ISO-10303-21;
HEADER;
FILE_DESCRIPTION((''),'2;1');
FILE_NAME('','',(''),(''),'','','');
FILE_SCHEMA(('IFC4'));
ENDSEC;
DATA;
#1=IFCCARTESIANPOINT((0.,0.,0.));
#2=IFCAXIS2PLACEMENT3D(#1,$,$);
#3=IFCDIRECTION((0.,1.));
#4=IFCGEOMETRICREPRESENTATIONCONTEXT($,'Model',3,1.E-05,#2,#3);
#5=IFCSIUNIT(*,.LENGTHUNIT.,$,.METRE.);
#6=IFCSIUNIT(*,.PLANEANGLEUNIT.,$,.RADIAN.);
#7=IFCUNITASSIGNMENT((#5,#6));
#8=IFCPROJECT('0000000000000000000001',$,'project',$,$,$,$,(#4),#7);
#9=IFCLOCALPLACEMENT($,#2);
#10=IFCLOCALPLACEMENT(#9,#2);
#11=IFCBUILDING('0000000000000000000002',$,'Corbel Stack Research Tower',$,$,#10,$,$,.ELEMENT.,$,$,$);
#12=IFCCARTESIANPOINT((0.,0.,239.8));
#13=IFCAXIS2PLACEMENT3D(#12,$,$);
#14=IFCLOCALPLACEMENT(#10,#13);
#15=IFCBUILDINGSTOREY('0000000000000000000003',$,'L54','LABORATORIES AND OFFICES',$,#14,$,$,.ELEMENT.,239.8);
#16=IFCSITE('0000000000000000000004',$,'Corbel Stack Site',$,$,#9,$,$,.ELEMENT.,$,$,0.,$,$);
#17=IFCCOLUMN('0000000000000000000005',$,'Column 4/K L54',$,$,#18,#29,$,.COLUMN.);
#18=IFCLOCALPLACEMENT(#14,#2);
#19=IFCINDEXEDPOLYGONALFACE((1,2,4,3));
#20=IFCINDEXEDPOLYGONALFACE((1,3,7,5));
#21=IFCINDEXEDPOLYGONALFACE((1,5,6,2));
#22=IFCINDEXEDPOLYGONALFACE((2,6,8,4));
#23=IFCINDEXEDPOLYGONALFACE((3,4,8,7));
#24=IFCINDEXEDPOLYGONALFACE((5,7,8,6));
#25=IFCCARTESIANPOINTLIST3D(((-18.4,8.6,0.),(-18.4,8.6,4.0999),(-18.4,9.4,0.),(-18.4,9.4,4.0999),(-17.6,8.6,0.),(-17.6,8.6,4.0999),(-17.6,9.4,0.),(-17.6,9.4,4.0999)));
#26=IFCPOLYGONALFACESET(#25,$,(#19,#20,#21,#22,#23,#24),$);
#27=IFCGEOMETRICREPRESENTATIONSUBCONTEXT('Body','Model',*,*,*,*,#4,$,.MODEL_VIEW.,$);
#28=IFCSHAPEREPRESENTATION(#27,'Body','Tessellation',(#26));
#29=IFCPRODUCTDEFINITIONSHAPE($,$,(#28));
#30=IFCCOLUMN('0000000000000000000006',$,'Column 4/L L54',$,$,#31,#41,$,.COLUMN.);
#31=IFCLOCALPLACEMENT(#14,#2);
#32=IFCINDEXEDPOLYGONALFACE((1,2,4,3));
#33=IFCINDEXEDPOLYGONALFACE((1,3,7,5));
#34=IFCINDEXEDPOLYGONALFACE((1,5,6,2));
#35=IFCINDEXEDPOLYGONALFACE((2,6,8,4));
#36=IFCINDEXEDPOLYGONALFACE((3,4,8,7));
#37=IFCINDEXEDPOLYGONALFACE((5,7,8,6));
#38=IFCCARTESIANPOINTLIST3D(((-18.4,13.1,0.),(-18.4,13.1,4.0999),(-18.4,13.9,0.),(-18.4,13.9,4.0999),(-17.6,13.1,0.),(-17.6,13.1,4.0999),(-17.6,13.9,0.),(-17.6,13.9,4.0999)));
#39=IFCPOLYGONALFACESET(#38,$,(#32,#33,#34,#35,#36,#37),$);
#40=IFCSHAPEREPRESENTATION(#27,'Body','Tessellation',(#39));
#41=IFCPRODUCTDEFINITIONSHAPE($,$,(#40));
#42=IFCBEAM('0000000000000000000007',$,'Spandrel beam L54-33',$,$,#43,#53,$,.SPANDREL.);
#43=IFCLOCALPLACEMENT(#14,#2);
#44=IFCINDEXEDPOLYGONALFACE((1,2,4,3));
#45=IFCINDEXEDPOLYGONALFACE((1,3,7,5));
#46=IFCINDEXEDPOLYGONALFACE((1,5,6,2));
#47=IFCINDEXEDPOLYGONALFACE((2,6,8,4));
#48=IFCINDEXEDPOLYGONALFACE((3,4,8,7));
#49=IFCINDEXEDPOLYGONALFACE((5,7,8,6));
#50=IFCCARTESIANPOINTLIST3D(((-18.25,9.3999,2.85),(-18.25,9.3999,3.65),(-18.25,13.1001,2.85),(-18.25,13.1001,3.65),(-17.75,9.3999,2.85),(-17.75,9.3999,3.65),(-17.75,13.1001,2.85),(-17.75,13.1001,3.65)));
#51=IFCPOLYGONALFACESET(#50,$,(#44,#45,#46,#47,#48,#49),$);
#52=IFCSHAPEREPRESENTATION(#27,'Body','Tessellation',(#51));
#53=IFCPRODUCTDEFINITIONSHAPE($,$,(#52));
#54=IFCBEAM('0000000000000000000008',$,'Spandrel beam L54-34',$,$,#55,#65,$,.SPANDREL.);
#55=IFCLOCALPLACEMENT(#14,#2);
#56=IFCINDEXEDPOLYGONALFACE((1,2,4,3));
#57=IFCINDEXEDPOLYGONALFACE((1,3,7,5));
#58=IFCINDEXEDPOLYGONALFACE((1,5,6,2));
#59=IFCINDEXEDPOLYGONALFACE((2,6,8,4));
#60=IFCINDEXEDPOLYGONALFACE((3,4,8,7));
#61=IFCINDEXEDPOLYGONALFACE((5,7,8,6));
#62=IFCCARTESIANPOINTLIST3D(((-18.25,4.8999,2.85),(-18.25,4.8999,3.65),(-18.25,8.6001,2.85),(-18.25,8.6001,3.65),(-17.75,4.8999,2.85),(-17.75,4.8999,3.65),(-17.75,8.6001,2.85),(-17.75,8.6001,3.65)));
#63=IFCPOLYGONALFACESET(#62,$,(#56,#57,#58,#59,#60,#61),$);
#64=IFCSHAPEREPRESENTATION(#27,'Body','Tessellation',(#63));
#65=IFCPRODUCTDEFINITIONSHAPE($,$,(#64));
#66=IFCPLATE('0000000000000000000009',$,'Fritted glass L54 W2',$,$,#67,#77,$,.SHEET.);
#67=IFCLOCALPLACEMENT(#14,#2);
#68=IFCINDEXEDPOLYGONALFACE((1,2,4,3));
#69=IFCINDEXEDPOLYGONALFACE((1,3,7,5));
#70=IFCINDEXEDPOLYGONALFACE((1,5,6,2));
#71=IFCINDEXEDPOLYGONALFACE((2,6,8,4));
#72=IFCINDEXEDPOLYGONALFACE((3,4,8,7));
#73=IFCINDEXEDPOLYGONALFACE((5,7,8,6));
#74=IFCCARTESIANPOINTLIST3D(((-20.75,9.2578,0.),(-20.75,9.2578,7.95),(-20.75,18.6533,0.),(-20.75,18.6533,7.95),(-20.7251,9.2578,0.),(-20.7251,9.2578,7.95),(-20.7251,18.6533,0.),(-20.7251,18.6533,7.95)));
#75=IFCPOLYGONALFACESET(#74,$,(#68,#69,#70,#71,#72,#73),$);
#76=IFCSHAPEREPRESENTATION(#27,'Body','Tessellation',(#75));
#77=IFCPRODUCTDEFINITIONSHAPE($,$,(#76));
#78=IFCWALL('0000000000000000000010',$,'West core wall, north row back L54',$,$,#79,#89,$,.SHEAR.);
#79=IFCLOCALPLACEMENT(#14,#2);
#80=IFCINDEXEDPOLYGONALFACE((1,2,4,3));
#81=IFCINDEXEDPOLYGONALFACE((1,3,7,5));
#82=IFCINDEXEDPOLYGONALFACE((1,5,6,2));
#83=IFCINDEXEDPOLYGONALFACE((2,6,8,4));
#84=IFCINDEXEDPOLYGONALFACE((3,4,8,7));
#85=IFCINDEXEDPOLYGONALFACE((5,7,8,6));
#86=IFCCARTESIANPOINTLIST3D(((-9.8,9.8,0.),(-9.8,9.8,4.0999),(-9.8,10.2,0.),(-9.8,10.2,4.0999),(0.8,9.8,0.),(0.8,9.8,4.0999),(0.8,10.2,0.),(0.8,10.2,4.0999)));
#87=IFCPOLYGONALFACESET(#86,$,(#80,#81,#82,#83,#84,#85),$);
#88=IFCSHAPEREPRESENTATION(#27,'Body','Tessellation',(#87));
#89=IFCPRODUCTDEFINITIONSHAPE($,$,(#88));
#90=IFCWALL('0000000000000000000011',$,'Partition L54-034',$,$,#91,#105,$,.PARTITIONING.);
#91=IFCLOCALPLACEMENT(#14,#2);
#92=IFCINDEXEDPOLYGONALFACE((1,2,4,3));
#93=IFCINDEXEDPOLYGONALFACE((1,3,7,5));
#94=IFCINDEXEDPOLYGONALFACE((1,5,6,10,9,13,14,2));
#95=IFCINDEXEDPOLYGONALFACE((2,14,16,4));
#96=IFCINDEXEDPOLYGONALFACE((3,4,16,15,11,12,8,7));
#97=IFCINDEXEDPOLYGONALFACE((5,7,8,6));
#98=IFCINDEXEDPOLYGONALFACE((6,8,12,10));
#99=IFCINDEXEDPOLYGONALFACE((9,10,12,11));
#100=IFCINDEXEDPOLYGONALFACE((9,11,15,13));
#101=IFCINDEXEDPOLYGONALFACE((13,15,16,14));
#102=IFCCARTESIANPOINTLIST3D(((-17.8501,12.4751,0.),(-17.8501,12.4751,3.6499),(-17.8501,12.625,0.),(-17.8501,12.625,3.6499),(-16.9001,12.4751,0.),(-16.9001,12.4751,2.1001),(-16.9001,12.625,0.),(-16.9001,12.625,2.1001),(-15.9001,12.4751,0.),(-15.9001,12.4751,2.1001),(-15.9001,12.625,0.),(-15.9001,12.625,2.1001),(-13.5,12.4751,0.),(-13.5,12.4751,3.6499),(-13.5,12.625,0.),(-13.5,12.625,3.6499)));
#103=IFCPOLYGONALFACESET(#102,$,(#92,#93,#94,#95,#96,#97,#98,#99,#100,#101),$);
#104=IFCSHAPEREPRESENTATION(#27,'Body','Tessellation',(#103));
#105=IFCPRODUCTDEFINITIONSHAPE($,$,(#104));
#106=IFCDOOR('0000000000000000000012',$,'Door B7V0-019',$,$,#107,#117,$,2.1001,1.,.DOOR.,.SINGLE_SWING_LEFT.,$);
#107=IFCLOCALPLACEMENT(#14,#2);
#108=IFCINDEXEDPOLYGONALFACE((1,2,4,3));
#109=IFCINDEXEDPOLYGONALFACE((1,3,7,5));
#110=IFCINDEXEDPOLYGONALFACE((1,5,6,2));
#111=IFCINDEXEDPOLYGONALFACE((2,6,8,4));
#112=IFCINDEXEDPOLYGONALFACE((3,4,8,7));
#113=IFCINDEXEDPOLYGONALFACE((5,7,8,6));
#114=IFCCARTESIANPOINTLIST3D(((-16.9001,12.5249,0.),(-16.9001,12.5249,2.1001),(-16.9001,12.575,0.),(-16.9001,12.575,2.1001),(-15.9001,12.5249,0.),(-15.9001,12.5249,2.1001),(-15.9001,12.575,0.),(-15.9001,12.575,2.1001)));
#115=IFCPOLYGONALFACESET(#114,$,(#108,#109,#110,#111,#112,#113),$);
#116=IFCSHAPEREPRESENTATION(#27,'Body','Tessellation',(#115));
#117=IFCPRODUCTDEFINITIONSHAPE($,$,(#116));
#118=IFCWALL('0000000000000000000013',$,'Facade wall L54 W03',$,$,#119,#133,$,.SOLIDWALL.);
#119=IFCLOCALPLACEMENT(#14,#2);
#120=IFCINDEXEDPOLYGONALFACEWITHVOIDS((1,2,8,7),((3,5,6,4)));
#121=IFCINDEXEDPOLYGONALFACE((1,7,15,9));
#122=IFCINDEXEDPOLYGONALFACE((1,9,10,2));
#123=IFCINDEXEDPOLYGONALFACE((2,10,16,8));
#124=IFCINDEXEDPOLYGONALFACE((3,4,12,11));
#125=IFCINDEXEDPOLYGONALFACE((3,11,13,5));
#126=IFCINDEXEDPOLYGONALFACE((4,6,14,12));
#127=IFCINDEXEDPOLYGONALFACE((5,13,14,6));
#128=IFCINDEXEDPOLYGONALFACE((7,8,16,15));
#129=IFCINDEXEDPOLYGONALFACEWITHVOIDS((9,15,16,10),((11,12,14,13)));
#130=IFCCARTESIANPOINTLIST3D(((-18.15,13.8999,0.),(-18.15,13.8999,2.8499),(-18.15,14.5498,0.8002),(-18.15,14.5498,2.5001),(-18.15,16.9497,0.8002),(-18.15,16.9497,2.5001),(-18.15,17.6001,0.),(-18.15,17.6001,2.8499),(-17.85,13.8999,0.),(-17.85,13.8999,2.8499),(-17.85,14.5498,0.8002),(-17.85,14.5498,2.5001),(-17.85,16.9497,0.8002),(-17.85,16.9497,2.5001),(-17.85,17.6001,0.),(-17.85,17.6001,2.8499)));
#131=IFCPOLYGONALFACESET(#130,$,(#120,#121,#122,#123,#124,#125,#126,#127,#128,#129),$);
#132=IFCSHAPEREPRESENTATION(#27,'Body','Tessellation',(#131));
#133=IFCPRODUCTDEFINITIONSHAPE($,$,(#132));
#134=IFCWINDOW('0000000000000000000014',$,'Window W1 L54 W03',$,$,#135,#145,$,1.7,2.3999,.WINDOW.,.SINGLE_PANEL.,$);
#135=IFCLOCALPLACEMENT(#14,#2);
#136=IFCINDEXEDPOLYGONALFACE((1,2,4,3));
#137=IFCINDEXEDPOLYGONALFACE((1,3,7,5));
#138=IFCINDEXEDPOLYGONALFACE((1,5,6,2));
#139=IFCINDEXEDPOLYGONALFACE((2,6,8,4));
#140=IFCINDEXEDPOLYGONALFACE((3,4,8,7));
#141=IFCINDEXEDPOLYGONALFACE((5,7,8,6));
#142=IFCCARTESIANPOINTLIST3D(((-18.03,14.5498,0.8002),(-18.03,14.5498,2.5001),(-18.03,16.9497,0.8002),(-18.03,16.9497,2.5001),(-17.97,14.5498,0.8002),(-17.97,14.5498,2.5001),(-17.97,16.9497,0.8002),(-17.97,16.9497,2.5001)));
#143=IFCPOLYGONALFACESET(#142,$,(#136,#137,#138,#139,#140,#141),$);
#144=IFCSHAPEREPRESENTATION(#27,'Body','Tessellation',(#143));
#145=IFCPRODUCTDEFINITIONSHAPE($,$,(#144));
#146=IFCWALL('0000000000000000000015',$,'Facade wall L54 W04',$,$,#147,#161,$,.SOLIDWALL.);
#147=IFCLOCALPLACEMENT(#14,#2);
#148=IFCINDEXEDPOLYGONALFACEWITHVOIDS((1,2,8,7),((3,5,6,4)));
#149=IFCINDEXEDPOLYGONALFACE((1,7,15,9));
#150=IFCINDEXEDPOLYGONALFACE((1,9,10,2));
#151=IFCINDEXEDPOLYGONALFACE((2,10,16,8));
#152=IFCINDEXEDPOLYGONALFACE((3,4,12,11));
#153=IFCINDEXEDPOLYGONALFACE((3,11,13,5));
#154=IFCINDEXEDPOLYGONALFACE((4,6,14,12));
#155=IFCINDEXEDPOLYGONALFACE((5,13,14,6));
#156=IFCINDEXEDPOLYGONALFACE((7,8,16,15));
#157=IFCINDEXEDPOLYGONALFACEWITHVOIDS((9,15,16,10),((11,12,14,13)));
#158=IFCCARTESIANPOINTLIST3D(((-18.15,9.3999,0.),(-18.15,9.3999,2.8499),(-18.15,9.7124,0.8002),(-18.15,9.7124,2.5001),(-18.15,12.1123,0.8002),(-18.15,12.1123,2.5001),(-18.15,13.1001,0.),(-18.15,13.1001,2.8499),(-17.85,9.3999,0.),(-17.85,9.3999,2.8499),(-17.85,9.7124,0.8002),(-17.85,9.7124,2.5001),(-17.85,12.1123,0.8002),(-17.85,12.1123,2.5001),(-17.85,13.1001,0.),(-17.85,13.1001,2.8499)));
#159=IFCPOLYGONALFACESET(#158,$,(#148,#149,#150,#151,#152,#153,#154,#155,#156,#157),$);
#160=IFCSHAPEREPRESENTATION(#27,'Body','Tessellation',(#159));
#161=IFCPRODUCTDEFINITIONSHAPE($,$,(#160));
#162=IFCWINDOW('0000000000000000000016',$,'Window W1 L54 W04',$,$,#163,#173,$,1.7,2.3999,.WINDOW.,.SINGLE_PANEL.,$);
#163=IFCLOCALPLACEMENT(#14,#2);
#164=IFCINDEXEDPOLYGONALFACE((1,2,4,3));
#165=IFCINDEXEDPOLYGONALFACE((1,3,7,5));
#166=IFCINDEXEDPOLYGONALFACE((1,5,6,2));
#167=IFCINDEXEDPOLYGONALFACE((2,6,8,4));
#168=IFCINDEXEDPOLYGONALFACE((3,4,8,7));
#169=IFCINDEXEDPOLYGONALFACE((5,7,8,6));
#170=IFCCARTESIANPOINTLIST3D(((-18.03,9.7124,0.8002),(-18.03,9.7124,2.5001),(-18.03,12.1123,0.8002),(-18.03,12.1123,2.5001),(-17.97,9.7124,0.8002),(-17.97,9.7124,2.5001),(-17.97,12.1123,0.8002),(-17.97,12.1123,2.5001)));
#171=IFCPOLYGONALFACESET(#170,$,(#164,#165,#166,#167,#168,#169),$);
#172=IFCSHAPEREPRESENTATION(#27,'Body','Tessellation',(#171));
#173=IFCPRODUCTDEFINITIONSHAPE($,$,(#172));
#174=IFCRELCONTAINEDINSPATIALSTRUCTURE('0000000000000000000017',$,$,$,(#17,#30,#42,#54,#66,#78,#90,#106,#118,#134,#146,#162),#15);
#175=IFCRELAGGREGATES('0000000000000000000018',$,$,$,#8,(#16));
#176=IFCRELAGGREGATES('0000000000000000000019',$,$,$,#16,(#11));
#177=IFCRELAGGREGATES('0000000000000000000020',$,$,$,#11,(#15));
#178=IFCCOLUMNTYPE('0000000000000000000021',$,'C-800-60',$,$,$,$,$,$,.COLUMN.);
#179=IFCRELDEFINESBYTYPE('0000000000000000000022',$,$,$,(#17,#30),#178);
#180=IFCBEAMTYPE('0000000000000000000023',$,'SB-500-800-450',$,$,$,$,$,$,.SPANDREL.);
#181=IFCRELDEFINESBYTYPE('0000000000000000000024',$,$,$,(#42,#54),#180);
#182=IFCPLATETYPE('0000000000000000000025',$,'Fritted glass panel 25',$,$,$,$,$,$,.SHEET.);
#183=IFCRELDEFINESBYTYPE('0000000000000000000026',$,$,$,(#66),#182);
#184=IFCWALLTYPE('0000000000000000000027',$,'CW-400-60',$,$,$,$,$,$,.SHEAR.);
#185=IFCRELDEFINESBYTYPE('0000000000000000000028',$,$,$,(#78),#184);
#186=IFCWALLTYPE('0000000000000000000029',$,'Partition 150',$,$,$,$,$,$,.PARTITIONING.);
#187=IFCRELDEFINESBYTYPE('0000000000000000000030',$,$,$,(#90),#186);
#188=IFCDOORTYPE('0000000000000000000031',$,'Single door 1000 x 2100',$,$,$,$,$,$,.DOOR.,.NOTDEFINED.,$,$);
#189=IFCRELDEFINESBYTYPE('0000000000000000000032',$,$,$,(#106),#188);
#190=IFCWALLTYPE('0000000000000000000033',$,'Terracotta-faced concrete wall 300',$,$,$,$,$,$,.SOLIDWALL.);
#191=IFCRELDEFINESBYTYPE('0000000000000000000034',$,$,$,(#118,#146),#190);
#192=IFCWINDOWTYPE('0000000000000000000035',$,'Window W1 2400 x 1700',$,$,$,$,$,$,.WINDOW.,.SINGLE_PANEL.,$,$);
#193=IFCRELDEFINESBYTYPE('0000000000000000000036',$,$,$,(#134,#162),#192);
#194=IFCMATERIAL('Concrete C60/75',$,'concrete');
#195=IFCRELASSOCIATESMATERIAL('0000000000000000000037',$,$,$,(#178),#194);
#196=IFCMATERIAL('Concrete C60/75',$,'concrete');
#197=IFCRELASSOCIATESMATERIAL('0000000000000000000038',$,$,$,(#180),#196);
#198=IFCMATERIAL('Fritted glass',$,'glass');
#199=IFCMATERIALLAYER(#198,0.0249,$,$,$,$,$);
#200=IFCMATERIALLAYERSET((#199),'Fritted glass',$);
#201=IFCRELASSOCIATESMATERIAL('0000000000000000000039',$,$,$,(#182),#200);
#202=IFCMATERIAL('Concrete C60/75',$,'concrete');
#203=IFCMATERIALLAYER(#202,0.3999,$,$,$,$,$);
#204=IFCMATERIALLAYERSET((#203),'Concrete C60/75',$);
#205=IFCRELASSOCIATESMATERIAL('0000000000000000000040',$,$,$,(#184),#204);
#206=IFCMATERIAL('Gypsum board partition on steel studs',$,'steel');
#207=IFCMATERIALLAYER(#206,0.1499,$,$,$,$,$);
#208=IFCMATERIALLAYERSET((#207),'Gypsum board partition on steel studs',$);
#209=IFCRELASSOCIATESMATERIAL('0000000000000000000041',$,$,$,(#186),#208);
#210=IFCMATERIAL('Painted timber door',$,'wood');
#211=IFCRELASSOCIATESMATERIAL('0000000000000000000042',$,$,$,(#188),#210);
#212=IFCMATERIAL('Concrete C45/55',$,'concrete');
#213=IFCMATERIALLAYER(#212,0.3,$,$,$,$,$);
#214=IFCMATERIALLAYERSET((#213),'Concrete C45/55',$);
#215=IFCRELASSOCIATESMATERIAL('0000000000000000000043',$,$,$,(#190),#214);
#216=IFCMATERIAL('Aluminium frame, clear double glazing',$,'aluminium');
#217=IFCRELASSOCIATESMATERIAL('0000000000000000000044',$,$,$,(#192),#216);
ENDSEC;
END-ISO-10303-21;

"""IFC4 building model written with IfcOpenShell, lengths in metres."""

from ifc_helpers import new_model, si_unit, direction, frame, frame_2d, origin, origin_2d, place, context, subcontext, project, spatial, rectangle, extrude, material, layer, layer_set, material_profile, profile_set, type_object, element, fill, save


model = new_model("IFC4")

# Units and contexts
model_context = context("Model", 3, precision=1e-05, world=origin(), true_north=direction((0.0, 1.0)))
body_context = subcontext(model_context, "Body", "Model", "MODEL_VIEW")
ifc_project = project(units=[si_unit("LENGTHUNIT", "METRE"), si_unit("PLANEANGLEUNIT", "RADIAN")], contexts=[model_context])

# Site, building, storey
site_placement = place(None, origin())
site = spatial("IfcSite", under=ifc_project, at=site_placement, Name="Corbel Stack Site", CompositionType="ELEMENT", RefElevation=0.0)
building_placement = place(site_placement, origin())
building = spatial("IfcBuilding", under=site, at=building_placement, Name="Corbel Stack Research Tower", CompositionType="ELEMENT")
storey_placement = place(building_placement, frame((0.0, 0.0, 239.8)))
storey = spatial("IfcBuildingStorey", under=building, at=storey_placement, Name="L54", Description="LABORATORIES AND OFFICES", CompositionType="ELEMENT", Elevation=239.8)

# Columns
ifc_material_1 = material(Name="Concrete C60/75", Category="concrete")
ifc_material_profile_1 = material_profile(ifc_material_1, rectangle(XDim=0.8, YDim=0.8, at=origin_2d()), Name="RC 800 x 800")
ifc_profile_set_1 = profile_set([ifc_material_profile_1], Name="Concrete C60/75")
column_type = type_object("IfcColumnType", Name="C-800-60", PredefinedType="COLUMN", material=ifc_profile_set_1)
for number, where, z_axis, x_axis, name in (
    (1, (-18.0, 9.0, 0.0), (0.0, 0.0, 1.0), (1.0, 0.0, 0.0), "Column 4/K L54"),
    (2, (-18.0, 13.5, 0.0), (0.0, 0.0, 1.0), (1.0, 0.0, 0.0), "Column 4/L L54"),
):
    element("IfcColumn", number, at=place(storey_placement, frame(where, z_axis=z_axis, x_axis=x_axis)), inside=storey, type_object=column_type, Name=name, PredefinedType="COLUMN", context=body_context, shape_type="SweptSolid", body=[
        extrude(rectangle(XDim=0.8, YDim=0.8, at=origin_2d()), origin(), (0.0, 0.0, 1.0), 4.0999),
    ])

# Beams
ifc_material_2 = material(Name="Concrete C60/75", Category="concrete")
ifc_material_profile_2 = material_profile(ifc_material_2, rectangle(XDim=0.5, YDim=0.8, at=origin_2d()), Name="RC 500 x 800")
ifc_profile_set_2 = profile_set([ifc_material_profile_2], Name="Concrete C60/75")
beam_type = type_object("IfcBeamType", Name="SB-500-800-450", PredefinedType="SPANDREL", material=ifc_profile_set_2)
for number, where, z_axis, x_axis, name in (
    (3, (-18.0, 13.1001, 3.25), (0.0, -1.0, 0.0), (1.0, 0.0, 0.0), "Spandrel beam L54-33"),
    (4, (-18.0, 8.6001, 3.25), (0.0, -1.0, 0.0), (1.0, 0.0, 0.0), "Spandrel beam L54-34"),
):
    element("IfcBeam", number, at=place(storey_placement, frame(where, z_axis=z_axis, x_axis=x_axis)), inside=storey, type_object=beam_type, Name=name, PredefinedType="SPANDREL", context=body_context, shape_type="SweptSolid", body=[
        extrude(rectangle(XDim=0.5, YDim=0.8, at=origin_2d()), origin(), (0.0, 0.0, 1.0), 3.7002),
    ])

# Plate
ifc_material_3 = material(Name="Fritted glass", Category="glass")
ifc_layer_1 = layer(ifc_material_3, 0.0249)
ifc_layer_set_1 = layer_set([ifc_layer_1], Name="Fritted glass")
plate_type = type_object("IfcPlateType", Name="Fritted glass panel 25", PredefinedType="SHEET", material=ifc_layer_set_1)
plate_placement = place(storey_placement, frame((-20.7375, 13.9556, 0.0), z_axis=(0.0, 0.0, 1.0), x_axis=(0.0, -1.0, 0.0)))
element("IfcPlate", 5, at=plate_placement, inside=storey, type_object=plate_type, Name="Fritted glass L54 W2", PredefinedType="SHEET", context=body_context, shape_type="SweptSolid", body=[
    extrude(rectangle(XDim=9.3955, YDim=0.0249, at=origin_2d()), origin(), (0.0, 0.0, 1.0), 7.95),
])

# Wall
ifc_material_4 = material(Name="Concrete C60/75", Category="concrete")
ifc_layer_2 = layer(ifc_material_4, 0.3999)
ifc_layer_set_2 = layer_set([ifc_layer_2], Name="Concrete C60/75")
wall_type_1 = type_object("IfcWallType", Name="CW-400-60", PredefinedType="SHEAR", material=ifc_layer_set_2)
wall_1_placement = place(storey_placement, frame((-9.8, 10.0, 0.0), z_axis=(0.0, 0.0, 1.0), x_axis=(1.0, 0.0, 0.0)))
element("IfcWall", 6, at=wall_1_placement, inside=storey, type_object=wall_type_1, Name="West core wall, north row back L54", PredefinedType="SHEAR", context=body_context, shape_type="SweptSolid", body=[
    extrude(rectangle(XDim=10.6001, YDim=0.3999, at=frame_2d((5.3, 0.0))), origin(), (0.0, 0.0, 1.0), 4.0999),
])

# Wall, opening, door
ifc_material_5 = material(Name="Gypsum board partition on steel studs", Category="steel")
ifc_layer_3 = layer(ifc_material_5, 0.1499)
ifc_layer_set_3 = layer_set([ifc_layer_3], Name="Gypsum board partition on steel studs")
wall_type_2 = type_object("IfcWallType", Name="Partition 150", PredefinedType="PARTITIONING", material=ifc_layer_set_3)
wall_2_placement = place(storey_placement, frame((-17.8501, 12.55, 0.0), z_axis=(0.0, 0.0, 1.0), x_axis=(1.0, 0.0, 0.0)))
wall_2 = element("IfcWall", 7, at=wall_2_placement, inside=storey, type_object=wall_type_2, Name="Partition L54-034", PredefinedType="PARTITIONING", context=body_context, shape_type="SweptSolid", body=[
    extrude(rectangle(XDim=4.3501, YDim=0.1499, at=frame_2d((2.175, 0.0))), origin(), (0.0, 0.0, 1.0), 3.6499),
])
opening_1_placement = place(wall_2_placement, frame((0.95, 0.0, 0.0)))
opening_1 = element("IfcOpeningElement", 8, at=opening_1_placement, cuts=wall_2, PredefinedType="OPENING", context=body_context, shape_type="SweptSolid", body=[
    extrude(rectangle(XDim=1.0, YDim=2.1001, at=frame_2d((0.5, 1.05))), frame((0.0, 0.085, 0.0), z_axis=(0.0, -1.0, 0.0), x_axis=(1.0, 0.0, 0.0)), (0.0, 0.0, 1.0), 0.1699),
])
ifc_material_6 = material(Name="Painted timber door", Category="wood")
door_type = type_object("IfcDoorType", Name="Single door 1000 x 2100", OperationType="NOTDEFINED", PredefinedType="DOOR", material=ifc_material_6)
door_placement = place(opening_1_placement, origin())
door = element("IfcDoor", 9, at=door_placement, inside=storey, type_object=door_type, Name="Door B7V0-019", OperationType="SINGLE_SWING_LEFT", OverallHeight=2.1001, OverallWidth=1.0, PredefinedType="DOOR", context=body_context, shape_type="SweptSolid", body=[
    extrude(rectangle(XDim=1.0, YDim=2.1001, at=frame_2d((0.5, 1.05))), frame((0.0, 0.0249, 0.0), z_axis=(0.0, -1.0, 0.0), x_axis=(1.0, 0.0, 0.0)), (0.0, 0.0, 1.0), 0.05),
])
fill(opening_1, door)

# Walls, openings, windows
ifc_material_7 = material(Name="Concrete C45/55", Category="concrete")
ifc_layer_4 = layer(ifc_material_7, 0.3)
ifc_layer_set_4 = layer_set([ifc_layer_4], Name="Concrete C45/55")
wall_type_3 = type_object("IfcWallType", Name="Terracotta-faced concrete wall 300", PredefinedType="SOLIDWALL", material=ifc_layer_set_4)
wall_3_placement = place(storey_placement, frame((-18.0, 13.8999, 0.0), z_axis=(0.0, 0.0, 1.0), x_axis=(0.0, 1.0, 0.0)))
wall_3 = element("IfcWall", 10, at=wall_3_placement, inside=storey, type_object=wall_type_3, Name="Facade wall L54 W03", PredefinedType="SOLIDWALL", context=body_context, shape_type="SweptSolid", body=[
    extrude(rectangle(XDim=3.7002, YDim=0.3, at=frame_2d((1.8501, 0.0))), origin(), (0.0, 0.0, 1.0), 2.8499),
])
opening_2_placement = place(wall_3_placement, frame((0.6499, 0.0, 0.8)))
opening_2 = element("IfcOpeningElement", 11, at=opening_2_placement, cuts=wall_3, PredefinedType="OPENING", context=body_context, shape_type="SweptSolid", body=[
    extrude(rectangle(XDim=2.3999, YDim=1.7, at=frame_2d((1.2, 0.8501))), frame((0.0, 0.1599, 0.0), z_axis=(0.0, -1.0, 0.0), x_axis=(1.0, 0.0, 0.0)), (0.0, 0.0, 1.0), 0.3201),
])
ifc_material_8 = material(Name="Aluminium frame, clear double glazing", Category="aluminium")
window_type = type_object("IfcWindowType", Name="Window W1 2400 x 1700", PartitioningType="SINGLE_PANEL", PredefinedType="WINDOW", material=ifc_material_8)
window_1_placement = place(opening_2_placement, origin())
window_1 = element("IfcWindow", 12, at=window_1_placement, inside=storey, type_object=window_type, Name="Window W1 L54 W03", OverallHeight=1.7, OverallWidth=2.3999, PartitioningType="SINGLE_PANEL", PredefinedType="WINDOW", context=body_context, shape_type="SweptSolid", body=[
    extrude(rectangle(XDim=2.3999, YDim=1.7, at=frame_2d((1.2, 0.8501))), frame((0.0, 0.03, 0.0), z_axis=(0.0, -1.0, 0.0), x_axis=(1.0, 0.0, 0.0)), (0.0, 0.0, 1.0), 0.0601),
])
fill(opening_2, window_1)
wall_4_placement = place(storey_placement, frame((-18.0, 9.3999, 0.0), z_axis=(0.0, 0.0, 1.0), x_axis=(0.0, 1.0, 0.0)))
wall_4 = element("IfcWall", 13, at=wall_4_placement, inside=storey, type_object=wall_type_3, Name="Facade wall L54 W04", PredefinedType="SOLIDWALL", context=body_context, shape_type="SweptSolid", body=[
    extrude(rectangle(XDim=3.7002, YDim=0.3, at=frame_2d((1.8501, 0.0))), origin(), (0.0, 0.0, 1.0), 2.8499),
])
opening_3_placement = place(wall_4_placement, frame((0.3125, 0.0, 0.8)))
opening_3 = element("IfcOpeningElement", 14, at=opening_3_placement, cuts=wall_4, PredefinedType="OPENING", context=body_context, shape_type="SweptSolid", body=[
    extrude(rectangle(XDim=2.3999, YDim=1.7, at=frame_2d((1.2, 0.8501))), frame((0.0, 0.1599, 0.0), z_axis=(0.0, -1.0, 0.0), x_axis=(1.0, 0.0, 0.0)), (0.0, 0.0, 1.0), 0.3201),
])
window_2_placement = place(opening_3_placement, origin())
window_2 = element("IfcWindow", 15, at=window_2_placement, inside=storey, type_object=window_type, Name="Window W1 L54 W04", OverallHeight=1.7, OverallWidth=2.3999, PartitioningType="SINGLE_PANEL", PredefinedType="WINDOW", context=body_context, shape_type="SweptSolid", body=[
    extrude(rectangle(XDim=2.3999, YDim=1.7, at=frame_2d((1.2, 0.8501))), frame((0.0, 0.03, 0.0), z_axis=(0.0, -1.0, 0.0), x_axis=(1.0, 0.0, 0.0)), (0.0, 0.0, 1.0), 0.0601),
])
fill(opening_3, window_2)

save(model, "model.ifc")
